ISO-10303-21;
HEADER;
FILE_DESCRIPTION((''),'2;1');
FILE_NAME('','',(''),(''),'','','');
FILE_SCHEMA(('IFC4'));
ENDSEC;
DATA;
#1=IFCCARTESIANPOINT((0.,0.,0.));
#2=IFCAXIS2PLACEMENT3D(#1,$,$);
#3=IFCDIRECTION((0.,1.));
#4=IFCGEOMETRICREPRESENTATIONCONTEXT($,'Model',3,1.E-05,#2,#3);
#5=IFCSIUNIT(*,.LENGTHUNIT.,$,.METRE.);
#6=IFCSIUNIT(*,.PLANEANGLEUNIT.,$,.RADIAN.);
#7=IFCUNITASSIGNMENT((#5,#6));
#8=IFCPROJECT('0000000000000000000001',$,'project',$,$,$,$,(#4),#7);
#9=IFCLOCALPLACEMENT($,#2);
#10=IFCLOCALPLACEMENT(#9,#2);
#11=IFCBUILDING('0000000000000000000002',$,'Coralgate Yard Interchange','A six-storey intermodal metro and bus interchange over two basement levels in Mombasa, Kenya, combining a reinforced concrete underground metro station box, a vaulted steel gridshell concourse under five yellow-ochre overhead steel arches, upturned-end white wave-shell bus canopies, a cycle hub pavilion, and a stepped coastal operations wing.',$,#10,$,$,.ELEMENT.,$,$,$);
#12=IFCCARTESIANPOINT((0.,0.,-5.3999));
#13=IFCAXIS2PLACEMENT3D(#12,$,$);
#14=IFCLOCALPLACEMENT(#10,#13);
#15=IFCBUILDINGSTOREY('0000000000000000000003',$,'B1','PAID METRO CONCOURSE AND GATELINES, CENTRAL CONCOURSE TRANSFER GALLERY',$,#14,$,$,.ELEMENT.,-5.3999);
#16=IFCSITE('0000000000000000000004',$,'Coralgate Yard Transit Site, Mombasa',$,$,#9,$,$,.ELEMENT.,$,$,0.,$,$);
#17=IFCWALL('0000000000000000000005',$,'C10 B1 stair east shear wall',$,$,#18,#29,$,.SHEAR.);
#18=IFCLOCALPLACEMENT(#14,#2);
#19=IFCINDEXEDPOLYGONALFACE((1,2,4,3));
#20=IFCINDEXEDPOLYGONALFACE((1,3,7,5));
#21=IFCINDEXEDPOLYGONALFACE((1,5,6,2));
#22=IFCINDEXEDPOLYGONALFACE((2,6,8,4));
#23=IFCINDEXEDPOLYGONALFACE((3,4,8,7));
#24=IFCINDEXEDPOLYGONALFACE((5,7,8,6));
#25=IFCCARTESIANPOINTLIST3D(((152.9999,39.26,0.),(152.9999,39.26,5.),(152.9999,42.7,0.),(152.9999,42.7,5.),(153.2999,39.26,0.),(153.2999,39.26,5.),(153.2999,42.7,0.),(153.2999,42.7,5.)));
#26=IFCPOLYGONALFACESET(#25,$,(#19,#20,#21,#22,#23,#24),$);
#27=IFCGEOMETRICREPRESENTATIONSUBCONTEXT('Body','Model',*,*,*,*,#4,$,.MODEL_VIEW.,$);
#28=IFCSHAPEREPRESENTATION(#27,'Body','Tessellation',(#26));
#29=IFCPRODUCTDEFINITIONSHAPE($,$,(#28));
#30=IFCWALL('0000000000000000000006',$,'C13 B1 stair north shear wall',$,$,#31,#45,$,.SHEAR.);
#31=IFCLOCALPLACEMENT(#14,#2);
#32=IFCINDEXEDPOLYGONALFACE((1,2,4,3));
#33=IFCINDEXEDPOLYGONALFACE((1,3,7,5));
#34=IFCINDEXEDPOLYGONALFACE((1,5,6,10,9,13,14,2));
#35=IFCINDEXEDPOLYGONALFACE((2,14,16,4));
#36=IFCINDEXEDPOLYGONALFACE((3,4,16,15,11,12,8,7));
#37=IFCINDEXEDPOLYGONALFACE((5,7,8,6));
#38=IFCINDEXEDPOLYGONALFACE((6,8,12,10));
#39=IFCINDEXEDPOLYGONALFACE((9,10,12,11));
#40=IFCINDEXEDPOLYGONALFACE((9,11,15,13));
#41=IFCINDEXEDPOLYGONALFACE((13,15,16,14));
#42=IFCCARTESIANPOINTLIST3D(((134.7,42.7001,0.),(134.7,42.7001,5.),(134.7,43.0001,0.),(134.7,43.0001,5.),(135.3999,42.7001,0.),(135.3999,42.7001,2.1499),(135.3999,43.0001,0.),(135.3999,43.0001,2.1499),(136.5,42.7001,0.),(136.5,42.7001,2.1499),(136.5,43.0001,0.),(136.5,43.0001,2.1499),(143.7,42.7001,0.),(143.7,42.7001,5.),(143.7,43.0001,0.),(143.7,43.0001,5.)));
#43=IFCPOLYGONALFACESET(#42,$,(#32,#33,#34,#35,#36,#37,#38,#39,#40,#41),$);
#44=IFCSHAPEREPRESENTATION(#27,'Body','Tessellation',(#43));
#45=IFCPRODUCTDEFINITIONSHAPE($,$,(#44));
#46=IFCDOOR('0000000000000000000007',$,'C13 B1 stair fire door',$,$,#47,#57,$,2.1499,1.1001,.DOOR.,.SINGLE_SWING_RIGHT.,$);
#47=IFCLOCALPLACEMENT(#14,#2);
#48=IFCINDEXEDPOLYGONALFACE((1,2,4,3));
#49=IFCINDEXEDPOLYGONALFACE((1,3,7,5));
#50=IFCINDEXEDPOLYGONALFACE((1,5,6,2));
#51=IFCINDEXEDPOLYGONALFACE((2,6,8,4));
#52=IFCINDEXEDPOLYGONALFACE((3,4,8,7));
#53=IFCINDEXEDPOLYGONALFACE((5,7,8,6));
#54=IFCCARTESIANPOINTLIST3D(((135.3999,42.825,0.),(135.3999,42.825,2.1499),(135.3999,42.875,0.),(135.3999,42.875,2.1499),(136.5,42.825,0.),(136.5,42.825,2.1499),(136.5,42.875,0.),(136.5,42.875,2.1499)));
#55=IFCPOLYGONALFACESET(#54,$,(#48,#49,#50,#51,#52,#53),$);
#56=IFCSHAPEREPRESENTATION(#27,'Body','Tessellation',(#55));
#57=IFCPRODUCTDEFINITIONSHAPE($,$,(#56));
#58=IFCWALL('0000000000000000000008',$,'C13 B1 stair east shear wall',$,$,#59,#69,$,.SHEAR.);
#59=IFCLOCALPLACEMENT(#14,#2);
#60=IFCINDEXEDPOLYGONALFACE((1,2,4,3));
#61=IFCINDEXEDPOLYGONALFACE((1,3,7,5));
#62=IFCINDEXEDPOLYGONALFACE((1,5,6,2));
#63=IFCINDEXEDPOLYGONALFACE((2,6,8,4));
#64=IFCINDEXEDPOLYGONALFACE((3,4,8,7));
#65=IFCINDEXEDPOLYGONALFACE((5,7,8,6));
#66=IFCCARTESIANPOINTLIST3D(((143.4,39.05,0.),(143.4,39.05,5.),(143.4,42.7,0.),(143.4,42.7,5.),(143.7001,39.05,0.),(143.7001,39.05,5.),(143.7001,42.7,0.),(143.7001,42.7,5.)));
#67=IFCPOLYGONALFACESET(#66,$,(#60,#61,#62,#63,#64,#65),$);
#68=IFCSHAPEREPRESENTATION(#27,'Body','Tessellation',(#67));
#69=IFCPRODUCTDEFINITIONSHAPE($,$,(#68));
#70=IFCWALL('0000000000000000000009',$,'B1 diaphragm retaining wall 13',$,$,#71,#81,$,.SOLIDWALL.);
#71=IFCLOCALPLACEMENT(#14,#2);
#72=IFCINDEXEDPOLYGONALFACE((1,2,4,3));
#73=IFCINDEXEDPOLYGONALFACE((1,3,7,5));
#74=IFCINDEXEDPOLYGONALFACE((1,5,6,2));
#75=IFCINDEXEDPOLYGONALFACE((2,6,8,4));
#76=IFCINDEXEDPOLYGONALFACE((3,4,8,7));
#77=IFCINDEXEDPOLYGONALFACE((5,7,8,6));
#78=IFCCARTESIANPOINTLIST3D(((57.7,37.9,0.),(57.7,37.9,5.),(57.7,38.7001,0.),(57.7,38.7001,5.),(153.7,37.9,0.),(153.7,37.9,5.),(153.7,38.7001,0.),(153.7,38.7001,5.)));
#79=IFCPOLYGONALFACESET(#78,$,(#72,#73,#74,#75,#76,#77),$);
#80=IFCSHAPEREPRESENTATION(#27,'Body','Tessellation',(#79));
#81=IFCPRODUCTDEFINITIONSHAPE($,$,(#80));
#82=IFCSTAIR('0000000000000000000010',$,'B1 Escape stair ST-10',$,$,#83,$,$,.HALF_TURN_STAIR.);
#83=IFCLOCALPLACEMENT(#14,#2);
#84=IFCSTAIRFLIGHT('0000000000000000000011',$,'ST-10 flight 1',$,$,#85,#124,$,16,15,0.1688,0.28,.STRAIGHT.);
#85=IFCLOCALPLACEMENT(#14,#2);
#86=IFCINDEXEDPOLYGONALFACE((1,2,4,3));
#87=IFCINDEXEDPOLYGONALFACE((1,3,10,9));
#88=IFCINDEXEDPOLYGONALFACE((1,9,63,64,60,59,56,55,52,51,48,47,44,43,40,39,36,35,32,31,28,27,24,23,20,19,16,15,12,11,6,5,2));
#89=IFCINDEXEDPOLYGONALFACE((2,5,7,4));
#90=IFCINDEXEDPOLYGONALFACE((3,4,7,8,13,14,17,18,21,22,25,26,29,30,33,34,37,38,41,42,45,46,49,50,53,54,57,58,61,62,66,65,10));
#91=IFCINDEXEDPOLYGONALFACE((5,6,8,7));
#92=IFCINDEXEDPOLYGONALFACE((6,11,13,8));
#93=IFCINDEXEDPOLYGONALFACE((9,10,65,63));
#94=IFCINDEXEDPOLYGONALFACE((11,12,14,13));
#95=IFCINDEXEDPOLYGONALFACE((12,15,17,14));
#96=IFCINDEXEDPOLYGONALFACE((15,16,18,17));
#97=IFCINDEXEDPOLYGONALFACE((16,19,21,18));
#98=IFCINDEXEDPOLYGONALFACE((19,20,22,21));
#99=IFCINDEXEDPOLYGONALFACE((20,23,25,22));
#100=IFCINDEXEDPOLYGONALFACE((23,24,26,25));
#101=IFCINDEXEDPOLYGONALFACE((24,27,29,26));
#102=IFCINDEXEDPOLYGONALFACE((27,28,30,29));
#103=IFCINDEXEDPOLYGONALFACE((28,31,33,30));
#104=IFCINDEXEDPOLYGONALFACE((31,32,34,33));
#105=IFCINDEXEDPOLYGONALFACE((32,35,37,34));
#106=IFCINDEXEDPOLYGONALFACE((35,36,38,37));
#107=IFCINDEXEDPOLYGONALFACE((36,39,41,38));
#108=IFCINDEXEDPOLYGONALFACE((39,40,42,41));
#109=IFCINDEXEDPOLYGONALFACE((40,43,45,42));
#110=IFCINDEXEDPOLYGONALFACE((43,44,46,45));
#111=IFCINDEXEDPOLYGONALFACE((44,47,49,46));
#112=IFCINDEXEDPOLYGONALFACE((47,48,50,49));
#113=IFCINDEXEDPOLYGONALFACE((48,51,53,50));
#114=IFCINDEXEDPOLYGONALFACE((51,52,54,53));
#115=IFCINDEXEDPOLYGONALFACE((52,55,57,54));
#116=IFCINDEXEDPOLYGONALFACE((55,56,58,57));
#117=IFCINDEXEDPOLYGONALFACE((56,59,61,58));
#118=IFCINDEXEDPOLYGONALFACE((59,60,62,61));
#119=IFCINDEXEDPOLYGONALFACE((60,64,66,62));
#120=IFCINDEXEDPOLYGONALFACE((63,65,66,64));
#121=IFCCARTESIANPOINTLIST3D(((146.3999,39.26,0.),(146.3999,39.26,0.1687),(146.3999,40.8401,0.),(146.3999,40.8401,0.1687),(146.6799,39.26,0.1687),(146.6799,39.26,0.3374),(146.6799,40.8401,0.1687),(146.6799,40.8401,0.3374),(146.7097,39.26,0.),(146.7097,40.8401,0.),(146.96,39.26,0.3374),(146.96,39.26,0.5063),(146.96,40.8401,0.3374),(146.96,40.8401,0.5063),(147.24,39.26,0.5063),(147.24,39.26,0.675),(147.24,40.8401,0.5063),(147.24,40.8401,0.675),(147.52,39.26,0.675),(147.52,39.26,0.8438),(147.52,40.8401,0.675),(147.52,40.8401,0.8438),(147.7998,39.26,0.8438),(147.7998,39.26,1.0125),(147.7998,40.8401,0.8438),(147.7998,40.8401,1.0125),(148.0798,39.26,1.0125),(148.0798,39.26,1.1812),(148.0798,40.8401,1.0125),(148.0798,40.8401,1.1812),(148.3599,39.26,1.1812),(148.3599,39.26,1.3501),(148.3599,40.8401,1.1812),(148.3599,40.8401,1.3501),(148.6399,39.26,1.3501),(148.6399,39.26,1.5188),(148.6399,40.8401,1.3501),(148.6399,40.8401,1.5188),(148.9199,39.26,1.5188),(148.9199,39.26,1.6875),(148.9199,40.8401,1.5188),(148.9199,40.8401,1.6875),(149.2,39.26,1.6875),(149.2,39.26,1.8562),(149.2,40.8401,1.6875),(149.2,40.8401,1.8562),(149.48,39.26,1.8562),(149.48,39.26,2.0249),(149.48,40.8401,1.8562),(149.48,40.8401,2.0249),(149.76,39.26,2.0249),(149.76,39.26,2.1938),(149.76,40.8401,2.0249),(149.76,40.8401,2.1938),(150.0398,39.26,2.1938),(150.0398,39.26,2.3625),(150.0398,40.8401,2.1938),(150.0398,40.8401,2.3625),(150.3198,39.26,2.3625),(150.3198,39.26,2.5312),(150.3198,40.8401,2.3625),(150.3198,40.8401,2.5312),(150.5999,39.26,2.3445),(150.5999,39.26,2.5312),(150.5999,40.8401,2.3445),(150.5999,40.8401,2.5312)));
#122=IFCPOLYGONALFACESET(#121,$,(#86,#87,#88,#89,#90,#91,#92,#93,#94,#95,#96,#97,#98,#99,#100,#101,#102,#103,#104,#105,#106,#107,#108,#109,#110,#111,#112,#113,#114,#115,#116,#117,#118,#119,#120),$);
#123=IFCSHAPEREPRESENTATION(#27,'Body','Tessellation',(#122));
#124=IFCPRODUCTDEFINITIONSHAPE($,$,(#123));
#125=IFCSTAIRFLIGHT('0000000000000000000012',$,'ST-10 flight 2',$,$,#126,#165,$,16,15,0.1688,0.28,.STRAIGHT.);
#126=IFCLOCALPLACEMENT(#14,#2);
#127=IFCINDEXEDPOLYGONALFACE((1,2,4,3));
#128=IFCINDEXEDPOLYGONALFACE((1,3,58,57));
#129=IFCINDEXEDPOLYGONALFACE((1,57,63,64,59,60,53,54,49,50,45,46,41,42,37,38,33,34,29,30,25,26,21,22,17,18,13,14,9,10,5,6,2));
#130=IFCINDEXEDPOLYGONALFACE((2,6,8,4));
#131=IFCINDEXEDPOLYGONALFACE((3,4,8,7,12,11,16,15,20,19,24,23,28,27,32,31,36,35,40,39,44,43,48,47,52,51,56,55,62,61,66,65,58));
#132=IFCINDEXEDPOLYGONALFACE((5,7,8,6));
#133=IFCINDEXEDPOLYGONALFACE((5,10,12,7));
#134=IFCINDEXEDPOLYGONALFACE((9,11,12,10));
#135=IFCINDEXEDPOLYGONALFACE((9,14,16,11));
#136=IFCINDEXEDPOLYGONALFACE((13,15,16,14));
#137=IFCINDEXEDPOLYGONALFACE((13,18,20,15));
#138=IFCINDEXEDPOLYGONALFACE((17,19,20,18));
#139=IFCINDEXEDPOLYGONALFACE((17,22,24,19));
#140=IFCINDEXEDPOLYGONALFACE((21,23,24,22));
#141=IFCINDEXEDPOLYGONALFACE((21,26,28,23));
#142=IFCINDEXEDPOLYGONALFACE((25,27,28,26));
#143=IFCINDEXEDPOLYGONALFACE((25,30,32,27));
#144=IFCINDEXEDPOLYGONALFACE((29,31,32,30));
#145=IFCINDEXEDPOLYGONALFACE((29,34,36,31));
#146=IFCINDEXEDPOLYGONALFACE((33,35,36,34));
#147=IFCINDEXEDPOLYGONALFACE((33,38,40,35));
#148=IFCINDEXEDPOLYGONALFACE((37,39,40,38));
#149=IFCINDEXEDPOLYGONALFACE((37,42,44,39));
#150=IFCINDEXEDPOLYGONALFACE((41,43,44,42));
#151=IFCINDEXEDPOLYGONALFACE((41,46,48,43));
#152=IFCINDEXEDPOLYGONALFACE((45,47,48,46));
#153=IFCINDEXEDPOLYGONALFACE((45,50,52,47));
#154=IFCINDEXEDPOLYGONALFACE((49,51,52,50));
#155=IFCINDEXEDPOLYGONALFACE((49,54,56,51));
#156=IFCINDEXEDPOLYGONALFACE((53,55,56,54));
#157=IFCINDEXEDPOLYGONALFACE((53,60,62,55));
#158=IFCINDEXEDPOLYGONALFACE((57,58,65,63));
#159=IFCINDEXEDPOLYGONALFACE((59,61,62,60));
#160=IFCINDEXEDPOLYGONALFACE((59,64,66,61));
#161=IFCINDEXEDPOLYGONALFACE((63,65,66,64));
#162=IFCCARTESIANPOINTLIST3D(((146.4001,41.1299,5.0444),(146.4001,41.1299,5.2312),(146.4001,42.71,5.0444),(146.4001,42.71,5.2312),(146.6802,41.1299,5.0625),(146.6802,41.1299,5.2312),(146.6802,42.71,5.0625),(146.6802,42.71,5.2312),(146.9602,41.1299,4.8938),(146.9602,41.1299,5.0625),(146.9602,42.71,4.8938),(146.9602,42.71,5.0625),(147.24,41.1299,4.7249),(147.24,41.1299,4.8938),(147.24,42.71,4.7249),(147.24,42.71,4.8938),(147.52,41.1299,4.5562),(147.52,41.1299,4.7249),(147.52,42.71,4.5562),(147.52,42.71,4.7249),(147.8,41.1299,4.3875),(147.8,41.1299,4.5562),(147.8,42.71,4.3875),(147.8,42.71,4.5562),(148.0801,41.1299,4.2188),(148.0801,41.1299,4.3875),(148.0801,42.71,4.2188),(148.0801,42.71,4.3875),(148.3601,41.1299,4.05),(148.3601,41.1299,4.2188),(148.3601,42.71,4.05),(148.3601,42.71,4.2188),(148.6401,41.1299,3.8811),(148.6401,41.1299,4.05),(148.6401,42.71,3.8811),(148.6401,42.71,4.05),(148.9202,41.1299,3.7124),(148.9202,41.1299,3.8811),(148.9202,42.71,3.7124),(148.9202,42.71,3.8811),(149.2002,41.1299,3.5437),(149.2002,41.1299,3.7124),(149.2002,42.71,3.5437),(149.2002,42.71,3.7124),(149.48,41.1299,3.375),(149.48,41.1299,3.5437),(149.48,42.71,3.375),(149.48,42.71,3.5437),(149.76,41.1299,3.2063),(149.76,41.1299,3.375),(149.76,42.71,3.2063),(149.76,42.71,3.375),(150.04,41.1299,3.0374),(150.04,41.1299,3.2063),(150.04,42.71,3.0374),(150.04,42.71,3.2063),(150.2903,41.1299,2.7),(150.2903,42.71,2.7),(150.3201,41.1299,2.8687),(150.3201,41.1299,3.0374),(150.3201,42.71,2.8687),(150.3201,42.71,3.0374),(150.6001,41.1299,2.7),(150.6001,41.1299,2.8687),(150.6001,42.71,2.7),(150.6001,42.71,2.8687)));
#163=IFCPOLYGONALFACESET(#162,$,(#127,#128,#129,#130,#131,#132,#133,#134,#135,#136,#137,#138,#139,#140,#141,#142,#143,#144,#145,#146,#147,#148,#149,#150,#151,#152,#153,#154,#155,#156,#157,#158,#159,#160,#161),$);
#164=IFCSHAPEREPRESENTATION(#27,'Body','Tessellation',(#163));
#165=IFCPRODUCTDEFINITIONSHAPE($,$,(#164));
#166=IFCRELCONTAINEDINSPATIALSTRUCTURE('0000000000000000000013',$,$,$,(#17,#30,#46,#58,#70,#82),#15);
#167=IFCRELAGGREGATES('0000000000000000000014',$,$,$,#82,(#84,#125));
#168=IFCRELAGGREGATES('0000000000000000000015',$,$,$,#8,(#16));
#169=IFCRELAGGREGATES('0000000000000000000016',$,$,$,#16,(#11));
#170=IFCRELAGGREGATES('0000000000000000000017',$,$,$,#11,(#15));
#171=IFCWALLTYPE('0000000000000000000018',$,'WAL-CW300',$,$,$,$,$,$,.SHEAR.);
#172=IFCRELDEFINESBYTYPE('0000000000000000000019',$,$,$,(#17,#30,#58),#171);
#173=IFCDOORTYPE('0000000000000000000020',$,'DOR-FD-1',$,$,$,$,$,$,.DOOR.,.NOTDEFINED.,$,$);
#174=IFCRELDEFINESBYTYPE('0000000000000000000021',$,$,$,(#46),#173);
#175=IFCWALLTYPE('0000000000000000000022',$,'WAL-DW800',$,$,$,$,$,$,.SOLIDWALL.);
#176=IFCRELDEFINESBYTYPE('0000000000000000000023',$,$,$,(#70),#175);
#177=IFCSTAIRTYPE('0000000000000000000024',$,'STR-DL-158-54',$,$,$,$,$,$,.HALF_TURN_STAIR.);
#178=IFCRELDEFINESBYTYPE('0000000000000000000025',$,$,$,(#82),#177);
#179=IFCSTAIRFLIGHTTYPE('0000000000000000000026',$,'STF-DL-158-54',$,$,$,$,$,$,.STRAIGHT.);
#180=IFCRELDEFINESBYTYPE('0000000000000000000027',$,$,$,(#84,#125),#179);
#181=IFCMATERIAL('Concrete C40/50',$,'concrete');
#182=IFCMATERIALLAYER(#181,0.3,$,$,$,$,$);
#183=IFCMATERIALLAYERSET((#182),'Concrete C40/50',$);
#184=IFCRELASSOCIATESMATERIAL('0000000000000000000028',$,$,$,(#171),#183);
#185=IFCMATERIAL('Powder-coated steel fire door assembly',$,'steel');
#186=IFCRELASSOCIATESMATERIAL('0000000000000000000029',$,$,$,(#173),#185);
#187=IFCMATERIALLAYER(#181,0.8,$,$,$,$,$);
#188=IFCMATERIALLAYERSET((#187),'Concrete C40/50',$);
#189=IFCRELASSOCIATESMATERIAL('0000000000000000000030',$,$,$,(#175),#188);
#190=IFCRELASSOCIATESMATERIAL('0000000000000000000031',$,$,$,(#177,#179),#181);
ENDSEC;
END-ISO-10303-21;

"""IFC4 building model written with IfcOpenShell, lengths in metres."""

from ifc_helpers import new_model, si_unit, direction, frame, frame_2d, origin, place, context, subcontext, project, spatial, polyline, rectangle, outline, extrude, material, layer, layer_set, type_object, element, fill, aggregate, save


model = new_model("IFC4")

# Units and contexts
model_context = context("Model", 3, precision=1e-05, world=origin(), true_north=direction((0.0, 1.0)))
body_context = subcontext(model_context, "Body", "Model", "MODEL_VIEW")
ifc_project = project(units=[si_unit("LENGTHUNIT", "METRE"), si_unit("PLANEANGLEUNIT", "RADIAN")], contexts=[model_context])

# Site, building, storey
site_placement = place(None, origin())
site = spatial("IfcSite", under=ifc_project, at=site_placement, Name="Coralgate Yard Transit Site, Mombasa", CompositionType="ELEMENT", RefElevation=0.0)
building_placement = place(site_placement, origin())
building = spatial("IfcBuilding", under=site, at=building_placement, Name="Coralgate Yard Interchange", Description="A six-storey intermodal metro and bus interchange over two basement levels in Mombasa, Kenya, combining a reinforced concrete underground metro station box, a vaulted steel gridshell concourse under five yellow-ochre overhead steel arches, upturned-end white wave-shell bus canopies, a cycle hub pavilion, and a stepped coastal operations wing.", CompositionType="ELEMENT")
storey_placement = place(building_placement, frame((0.0, 0.0, -5.3999)))
storey = spatial("IfcBuildingStorey", under=building, at=storey_placement, Name="B1", Description="PAID METRO CONCOURSE AND GATELINES, CENTRAL CONCOURSE TRANSFER GALLERY", CompositionType="ELEMENT", Elevation=-5.3999)

# Shared definitions
ifc_material_1 = material(Name="Concrete C40/50", Category="concrete")

# Shared definitions
ifc_layer_1 = layer(ifc_material_1, 0.3)
ifc_layer_set_1 = layer_set([ifc_layer_1], Name="Concrete C40/50")
wall_type_1 = type_object("IfcWallType", Name="WAL-CW300", PredefinedType="SHEAR", material=ifc_layer_set_1)

# Shared definitions
ifc_material_2 = material(Name="Powder-coated steel fire door assembly", Category="steel")

# Wall
for number, where, z_axis, x_axis, name in (
    (1, (153.1499, 42.7, 0.0), (0.0, 0.0, 1.0), (0.0, -1.0, 0.0), "C10 B1 stair east shear wall"),
):
    element("IfcWall", number, at=place(storey_placement, frame(where, z_axis=z_axis, x_axis=x_axis)), inside=storey, type_object=wall_type_1, Name=name, PredefinedType="SHEAR", context=body_context, shape_type="SweptSolid", body=[
        extrude(rectangle(XDim=3.4399, YDim=0.3, at=frame_2d((1.72, 0.0))), origin(), (0.0, 0.0, 1.0), 5.0),
    ])

# Wall, opening, door
wall_1_placement = place(storey_placement, frame((143.7, 42.8501, 0.0), z_axis=(0.0, 0.0, 1.0), x_axis=(-1.0, 0.0, 0.0)))
wall_1 = element("IfcWall", 2, at=wall_1_placement, inside=storey, type_object=wall_type_1, Name="C13 B1 stair north shear wall", PredefinedType="SHEAR", context=body_context, shape_type="SweptSolid", body=[
    extrude(rectangle(XDim=9.0, YDim=0.3, at=frame_2d((4.5, 0.0))), origin(), (0.0, 0.0, 1.0), 5.0),
])
opening_1_placement = place(wall_1_placement, frame((7.2, 0.0, 0.0)))
opening_1 = element("IfcOpeningElement", 3, at=opening_1_placement, cuts=wall_1, PredefinedType="OPENING", context=body_context, shape_type="SweptSolid", body=[
    extrude(rectangle(XDim=1.1001, YDim=2.1499, at=frame_2d((0.55, 1.075))), frame((0.0, 0.1599, 0.0), z_axis=(0.0, -1.0, 0.0), x_axis=(1.0, 0.0, 0.0)), (0.0, 0.0, 1.0), 0.3201),
])
door_type_1 = type_object("IfcDoorType", Name="DOR-FD-1", OperationType="NOTDEFINED", PredefinedType="DOOR", material=ifc_material_2)
door_1_placement = place(opening_1_placement, frame((1.1001, 0.0, 0.0), z_axis=(0.0, 0.0, 1.0), x_axis=(-1.0, 0.0, 0.0)))
door_1 = element("IfcDoor", 4, at=door_1_placement, inside=storey, type_object=door_type_1, Name="C13 B1 stair fire door", OperationType="SINGLE_SWING_RIGHT", OverallHeight=2.1499, OverallWidth=1.1001, PredefinedType="DOOR", context=body_context, shape_type="SweptSolid", body=[
    extrude(rectangle(XDim=1.1001, YDim=2.1499, at=frame_2d((0.55, 1.075))), frame((0.0, 0.0249, 0.0), z_axis=(0.0, -1.0, 0.0), x_axis=(1.0, 0.0, 0.0)), (0.0, 0.0, 1.0), 0.05),
])
fill(opening_1, door_1)

# Walls
wall_2_placement = place(storey_placement, frame((143.55, 42.7, 0.0), z_axis=(0.0, 0.0, 1.0), x_axis=(0.0, -1.0, 0.0)))
element("IfcWall", 5, at=wall_2_placement, inside=storey, type_object=wall_type_1, Name="C13 B1 stair east shear wall", PredefinedType="SHEAR", context=body_context, shape_type="SweptSolid", body=[
    extrude(rectangle(XDim=3.6499, YDim=0.3, at=frame_2d((1.825, 0.0))), origin(), (0.0, 0.0, 1.0), 5.0),
])
ifc_layer_2 = layer(ifc_material_1, 0.8)
ifc_layer_set_2 = layer_set([ifc_layer_2], Name="Concrete C40/50")
wall_type_2 = type_object("IfcWallType", Name="WAL-DW800", PredefinedType="SOLIDWALL", material=ifc_layer_set_2)
wall_3_placement = place(storey_placement, frame((153.7, 38.3, 0.0), z_axis=(0.0, 0.0, 1.0), x_axis=(-1.0, 0.0, 0.0)))
element("IfcWall", 6, at=wall_3_placement, inside=storey, type_object=wall_type_2, Name="B1 diaphragm retaining wall 13", PredefinedType="SOLIDWALL", context=body_context, shape_type="SweptSolid", body=[
    extrude(rectangle(XDim=96.0, YDim=0.8, at=frame_2d((48.0, 0.0))), origin(), (0.0, 0.0, 1.0), 5.0),
])

# Stair, stair flights
stair_type_1 = type_object("IfcStairType", Name="STR-DL-158-54", PredefinedType="HALF_TURN_STAIR", material=ifc_material_1)
stair_1_placement = place(storey_placement, origin())
stair_1 = element("IfcStair", 7, at=stair_1_placement, inside=storey, type_object=stair_type_1, Name="B1 Escape stair ST-10", PredefinedType="HALF_TURN_STAIR")
stair_flight_type_1 = type_object("IfcStairFlightType", Name="STF-DL-158-54", PredefinedType="STRAIGHT", material=ifc_material_1)
stair_flight_1_placement = place(storey_placement, frame((146.3999, 40.05, 0.0), z_axis=(0.0, 0.0, 1.0), x_axis=(1.0, 0.0, 0.0)))
stair_flight_1 = element("IfcStairFlight", 8, at=stair_flight_1_placement, type_object=stair_flight_type_1, Name="ST-10 flight 1", NumberOfRisers=16, NumberOfTreads=15, PredefinedType="STRAIGHT", RiserHeight=0.1688, TreadLength=0.28, context=body_context, shape_type="SweptSolid", body=[
    extrude(outline(polyline([(0.0, 0.0), (0.0, 0.1687), (0.28, 0.1687), (0.28, 0.3374), (0.5601, 0.3374), (0.5601, 0.5063), (0.8401, 0.5063), (0.8401, 0.675), (1.1201, 0.675), (1.1201, 0.8438), (1.3999, 0.8438), (1.3999, 1.0125), (1.6799, 1.0125), (1.6799, 1.1812), (1.96, 1.1812), (1.96, 1.3501), (2.24, 1.3501), (2.24, 1.5188), (2.52, 1.5188), (2.52, 1.6875), (2.8, 1.6875), (2.8, 1.8562), (3.0801, 1.8562), (3.0801, 2.0249), (3.3601, 2.0249), (3.3601, 2.1938), (3.6399, 2.1938), (3.6399, 2.3625), (3.9199, 2.3625), (3.9199, 2.5312), (4.2, 2.5312), (4.2, 2.7), (4.2, 2.3445), (0.3098, 0.0), (0.0, 0.0)])), frame((0.0, 0.79, 0.0), z_axis=(0.0, -1.0, 0.0), x_axis=(1.0, 0.0, 0.0)), (0.0, 0.0, 1.0), 1.5801),
])
stair_flight_2_placement = place(storey_placement, frame((150.6001, 41.9199, 2.7), z_axis=(0.0, 0.0, 1.0), x_axis=(-1.0, 0.0, 0.0)))
stair_flight_2 = element("IfcStairFlight", 9, at=stair_flight_2_placement, type_object=stair_flight_type_1, Name="ST-10 flight 2", NumberOfRisers=16, NumberOfTreads=15, PredefinedType="STRAIGHT", RiserHeight=0.1688, TreadLength=0.28, context=body_context, shape_type="SweptSolid", body=[
    extrude(outline(polyline([(0.0, 0.0), (0.0, 0.1687), (0.28, 0.1687), (0.28, 0.3374), (0.5601, 0.3374), (0.5601, 0.5063), (0.8401, 0.5063), (0.8401, 0.675), (1.1201, 0.675), (1.1201, 0.8438), (1.3999, 0.8438), (1.3999, 1.0125), (1.6799, 1.0125), (1.6799, 1.1812), (1.96, 1.1812), (1.96, 1.3501), (2.24, 1.3501), (2.24, 1.5188), (2.52, 1.5188), (2.52, 1.6875), (2.8, 1.6875), (2.8, 1.8562), (3.0801, 1.8562), (3.0801, 2.0249), (3.3601, 2.0249), (3.3601, 2.1938), (3.6399, 2.1938), (3.6399, 2.3625), (3.9199, 2.3625), (3.9199, 2.5312), (4.2, 2.5312), (4.2, 2.7), (4.2, 2.3445), (0.3098, 0.0), (0.0, 0.0)])), frame((0.0, 0.79, 0.0), z_axis=(0.0, -1.0, 0.0), x_axis=(1.0, 0.0, 0.0)), (0.0, 0.0, 1.0), 1.5801),
])
aggregate(stair_1, [stair_flight_1, stair_flight_2])

save(model, "model.ifc")
